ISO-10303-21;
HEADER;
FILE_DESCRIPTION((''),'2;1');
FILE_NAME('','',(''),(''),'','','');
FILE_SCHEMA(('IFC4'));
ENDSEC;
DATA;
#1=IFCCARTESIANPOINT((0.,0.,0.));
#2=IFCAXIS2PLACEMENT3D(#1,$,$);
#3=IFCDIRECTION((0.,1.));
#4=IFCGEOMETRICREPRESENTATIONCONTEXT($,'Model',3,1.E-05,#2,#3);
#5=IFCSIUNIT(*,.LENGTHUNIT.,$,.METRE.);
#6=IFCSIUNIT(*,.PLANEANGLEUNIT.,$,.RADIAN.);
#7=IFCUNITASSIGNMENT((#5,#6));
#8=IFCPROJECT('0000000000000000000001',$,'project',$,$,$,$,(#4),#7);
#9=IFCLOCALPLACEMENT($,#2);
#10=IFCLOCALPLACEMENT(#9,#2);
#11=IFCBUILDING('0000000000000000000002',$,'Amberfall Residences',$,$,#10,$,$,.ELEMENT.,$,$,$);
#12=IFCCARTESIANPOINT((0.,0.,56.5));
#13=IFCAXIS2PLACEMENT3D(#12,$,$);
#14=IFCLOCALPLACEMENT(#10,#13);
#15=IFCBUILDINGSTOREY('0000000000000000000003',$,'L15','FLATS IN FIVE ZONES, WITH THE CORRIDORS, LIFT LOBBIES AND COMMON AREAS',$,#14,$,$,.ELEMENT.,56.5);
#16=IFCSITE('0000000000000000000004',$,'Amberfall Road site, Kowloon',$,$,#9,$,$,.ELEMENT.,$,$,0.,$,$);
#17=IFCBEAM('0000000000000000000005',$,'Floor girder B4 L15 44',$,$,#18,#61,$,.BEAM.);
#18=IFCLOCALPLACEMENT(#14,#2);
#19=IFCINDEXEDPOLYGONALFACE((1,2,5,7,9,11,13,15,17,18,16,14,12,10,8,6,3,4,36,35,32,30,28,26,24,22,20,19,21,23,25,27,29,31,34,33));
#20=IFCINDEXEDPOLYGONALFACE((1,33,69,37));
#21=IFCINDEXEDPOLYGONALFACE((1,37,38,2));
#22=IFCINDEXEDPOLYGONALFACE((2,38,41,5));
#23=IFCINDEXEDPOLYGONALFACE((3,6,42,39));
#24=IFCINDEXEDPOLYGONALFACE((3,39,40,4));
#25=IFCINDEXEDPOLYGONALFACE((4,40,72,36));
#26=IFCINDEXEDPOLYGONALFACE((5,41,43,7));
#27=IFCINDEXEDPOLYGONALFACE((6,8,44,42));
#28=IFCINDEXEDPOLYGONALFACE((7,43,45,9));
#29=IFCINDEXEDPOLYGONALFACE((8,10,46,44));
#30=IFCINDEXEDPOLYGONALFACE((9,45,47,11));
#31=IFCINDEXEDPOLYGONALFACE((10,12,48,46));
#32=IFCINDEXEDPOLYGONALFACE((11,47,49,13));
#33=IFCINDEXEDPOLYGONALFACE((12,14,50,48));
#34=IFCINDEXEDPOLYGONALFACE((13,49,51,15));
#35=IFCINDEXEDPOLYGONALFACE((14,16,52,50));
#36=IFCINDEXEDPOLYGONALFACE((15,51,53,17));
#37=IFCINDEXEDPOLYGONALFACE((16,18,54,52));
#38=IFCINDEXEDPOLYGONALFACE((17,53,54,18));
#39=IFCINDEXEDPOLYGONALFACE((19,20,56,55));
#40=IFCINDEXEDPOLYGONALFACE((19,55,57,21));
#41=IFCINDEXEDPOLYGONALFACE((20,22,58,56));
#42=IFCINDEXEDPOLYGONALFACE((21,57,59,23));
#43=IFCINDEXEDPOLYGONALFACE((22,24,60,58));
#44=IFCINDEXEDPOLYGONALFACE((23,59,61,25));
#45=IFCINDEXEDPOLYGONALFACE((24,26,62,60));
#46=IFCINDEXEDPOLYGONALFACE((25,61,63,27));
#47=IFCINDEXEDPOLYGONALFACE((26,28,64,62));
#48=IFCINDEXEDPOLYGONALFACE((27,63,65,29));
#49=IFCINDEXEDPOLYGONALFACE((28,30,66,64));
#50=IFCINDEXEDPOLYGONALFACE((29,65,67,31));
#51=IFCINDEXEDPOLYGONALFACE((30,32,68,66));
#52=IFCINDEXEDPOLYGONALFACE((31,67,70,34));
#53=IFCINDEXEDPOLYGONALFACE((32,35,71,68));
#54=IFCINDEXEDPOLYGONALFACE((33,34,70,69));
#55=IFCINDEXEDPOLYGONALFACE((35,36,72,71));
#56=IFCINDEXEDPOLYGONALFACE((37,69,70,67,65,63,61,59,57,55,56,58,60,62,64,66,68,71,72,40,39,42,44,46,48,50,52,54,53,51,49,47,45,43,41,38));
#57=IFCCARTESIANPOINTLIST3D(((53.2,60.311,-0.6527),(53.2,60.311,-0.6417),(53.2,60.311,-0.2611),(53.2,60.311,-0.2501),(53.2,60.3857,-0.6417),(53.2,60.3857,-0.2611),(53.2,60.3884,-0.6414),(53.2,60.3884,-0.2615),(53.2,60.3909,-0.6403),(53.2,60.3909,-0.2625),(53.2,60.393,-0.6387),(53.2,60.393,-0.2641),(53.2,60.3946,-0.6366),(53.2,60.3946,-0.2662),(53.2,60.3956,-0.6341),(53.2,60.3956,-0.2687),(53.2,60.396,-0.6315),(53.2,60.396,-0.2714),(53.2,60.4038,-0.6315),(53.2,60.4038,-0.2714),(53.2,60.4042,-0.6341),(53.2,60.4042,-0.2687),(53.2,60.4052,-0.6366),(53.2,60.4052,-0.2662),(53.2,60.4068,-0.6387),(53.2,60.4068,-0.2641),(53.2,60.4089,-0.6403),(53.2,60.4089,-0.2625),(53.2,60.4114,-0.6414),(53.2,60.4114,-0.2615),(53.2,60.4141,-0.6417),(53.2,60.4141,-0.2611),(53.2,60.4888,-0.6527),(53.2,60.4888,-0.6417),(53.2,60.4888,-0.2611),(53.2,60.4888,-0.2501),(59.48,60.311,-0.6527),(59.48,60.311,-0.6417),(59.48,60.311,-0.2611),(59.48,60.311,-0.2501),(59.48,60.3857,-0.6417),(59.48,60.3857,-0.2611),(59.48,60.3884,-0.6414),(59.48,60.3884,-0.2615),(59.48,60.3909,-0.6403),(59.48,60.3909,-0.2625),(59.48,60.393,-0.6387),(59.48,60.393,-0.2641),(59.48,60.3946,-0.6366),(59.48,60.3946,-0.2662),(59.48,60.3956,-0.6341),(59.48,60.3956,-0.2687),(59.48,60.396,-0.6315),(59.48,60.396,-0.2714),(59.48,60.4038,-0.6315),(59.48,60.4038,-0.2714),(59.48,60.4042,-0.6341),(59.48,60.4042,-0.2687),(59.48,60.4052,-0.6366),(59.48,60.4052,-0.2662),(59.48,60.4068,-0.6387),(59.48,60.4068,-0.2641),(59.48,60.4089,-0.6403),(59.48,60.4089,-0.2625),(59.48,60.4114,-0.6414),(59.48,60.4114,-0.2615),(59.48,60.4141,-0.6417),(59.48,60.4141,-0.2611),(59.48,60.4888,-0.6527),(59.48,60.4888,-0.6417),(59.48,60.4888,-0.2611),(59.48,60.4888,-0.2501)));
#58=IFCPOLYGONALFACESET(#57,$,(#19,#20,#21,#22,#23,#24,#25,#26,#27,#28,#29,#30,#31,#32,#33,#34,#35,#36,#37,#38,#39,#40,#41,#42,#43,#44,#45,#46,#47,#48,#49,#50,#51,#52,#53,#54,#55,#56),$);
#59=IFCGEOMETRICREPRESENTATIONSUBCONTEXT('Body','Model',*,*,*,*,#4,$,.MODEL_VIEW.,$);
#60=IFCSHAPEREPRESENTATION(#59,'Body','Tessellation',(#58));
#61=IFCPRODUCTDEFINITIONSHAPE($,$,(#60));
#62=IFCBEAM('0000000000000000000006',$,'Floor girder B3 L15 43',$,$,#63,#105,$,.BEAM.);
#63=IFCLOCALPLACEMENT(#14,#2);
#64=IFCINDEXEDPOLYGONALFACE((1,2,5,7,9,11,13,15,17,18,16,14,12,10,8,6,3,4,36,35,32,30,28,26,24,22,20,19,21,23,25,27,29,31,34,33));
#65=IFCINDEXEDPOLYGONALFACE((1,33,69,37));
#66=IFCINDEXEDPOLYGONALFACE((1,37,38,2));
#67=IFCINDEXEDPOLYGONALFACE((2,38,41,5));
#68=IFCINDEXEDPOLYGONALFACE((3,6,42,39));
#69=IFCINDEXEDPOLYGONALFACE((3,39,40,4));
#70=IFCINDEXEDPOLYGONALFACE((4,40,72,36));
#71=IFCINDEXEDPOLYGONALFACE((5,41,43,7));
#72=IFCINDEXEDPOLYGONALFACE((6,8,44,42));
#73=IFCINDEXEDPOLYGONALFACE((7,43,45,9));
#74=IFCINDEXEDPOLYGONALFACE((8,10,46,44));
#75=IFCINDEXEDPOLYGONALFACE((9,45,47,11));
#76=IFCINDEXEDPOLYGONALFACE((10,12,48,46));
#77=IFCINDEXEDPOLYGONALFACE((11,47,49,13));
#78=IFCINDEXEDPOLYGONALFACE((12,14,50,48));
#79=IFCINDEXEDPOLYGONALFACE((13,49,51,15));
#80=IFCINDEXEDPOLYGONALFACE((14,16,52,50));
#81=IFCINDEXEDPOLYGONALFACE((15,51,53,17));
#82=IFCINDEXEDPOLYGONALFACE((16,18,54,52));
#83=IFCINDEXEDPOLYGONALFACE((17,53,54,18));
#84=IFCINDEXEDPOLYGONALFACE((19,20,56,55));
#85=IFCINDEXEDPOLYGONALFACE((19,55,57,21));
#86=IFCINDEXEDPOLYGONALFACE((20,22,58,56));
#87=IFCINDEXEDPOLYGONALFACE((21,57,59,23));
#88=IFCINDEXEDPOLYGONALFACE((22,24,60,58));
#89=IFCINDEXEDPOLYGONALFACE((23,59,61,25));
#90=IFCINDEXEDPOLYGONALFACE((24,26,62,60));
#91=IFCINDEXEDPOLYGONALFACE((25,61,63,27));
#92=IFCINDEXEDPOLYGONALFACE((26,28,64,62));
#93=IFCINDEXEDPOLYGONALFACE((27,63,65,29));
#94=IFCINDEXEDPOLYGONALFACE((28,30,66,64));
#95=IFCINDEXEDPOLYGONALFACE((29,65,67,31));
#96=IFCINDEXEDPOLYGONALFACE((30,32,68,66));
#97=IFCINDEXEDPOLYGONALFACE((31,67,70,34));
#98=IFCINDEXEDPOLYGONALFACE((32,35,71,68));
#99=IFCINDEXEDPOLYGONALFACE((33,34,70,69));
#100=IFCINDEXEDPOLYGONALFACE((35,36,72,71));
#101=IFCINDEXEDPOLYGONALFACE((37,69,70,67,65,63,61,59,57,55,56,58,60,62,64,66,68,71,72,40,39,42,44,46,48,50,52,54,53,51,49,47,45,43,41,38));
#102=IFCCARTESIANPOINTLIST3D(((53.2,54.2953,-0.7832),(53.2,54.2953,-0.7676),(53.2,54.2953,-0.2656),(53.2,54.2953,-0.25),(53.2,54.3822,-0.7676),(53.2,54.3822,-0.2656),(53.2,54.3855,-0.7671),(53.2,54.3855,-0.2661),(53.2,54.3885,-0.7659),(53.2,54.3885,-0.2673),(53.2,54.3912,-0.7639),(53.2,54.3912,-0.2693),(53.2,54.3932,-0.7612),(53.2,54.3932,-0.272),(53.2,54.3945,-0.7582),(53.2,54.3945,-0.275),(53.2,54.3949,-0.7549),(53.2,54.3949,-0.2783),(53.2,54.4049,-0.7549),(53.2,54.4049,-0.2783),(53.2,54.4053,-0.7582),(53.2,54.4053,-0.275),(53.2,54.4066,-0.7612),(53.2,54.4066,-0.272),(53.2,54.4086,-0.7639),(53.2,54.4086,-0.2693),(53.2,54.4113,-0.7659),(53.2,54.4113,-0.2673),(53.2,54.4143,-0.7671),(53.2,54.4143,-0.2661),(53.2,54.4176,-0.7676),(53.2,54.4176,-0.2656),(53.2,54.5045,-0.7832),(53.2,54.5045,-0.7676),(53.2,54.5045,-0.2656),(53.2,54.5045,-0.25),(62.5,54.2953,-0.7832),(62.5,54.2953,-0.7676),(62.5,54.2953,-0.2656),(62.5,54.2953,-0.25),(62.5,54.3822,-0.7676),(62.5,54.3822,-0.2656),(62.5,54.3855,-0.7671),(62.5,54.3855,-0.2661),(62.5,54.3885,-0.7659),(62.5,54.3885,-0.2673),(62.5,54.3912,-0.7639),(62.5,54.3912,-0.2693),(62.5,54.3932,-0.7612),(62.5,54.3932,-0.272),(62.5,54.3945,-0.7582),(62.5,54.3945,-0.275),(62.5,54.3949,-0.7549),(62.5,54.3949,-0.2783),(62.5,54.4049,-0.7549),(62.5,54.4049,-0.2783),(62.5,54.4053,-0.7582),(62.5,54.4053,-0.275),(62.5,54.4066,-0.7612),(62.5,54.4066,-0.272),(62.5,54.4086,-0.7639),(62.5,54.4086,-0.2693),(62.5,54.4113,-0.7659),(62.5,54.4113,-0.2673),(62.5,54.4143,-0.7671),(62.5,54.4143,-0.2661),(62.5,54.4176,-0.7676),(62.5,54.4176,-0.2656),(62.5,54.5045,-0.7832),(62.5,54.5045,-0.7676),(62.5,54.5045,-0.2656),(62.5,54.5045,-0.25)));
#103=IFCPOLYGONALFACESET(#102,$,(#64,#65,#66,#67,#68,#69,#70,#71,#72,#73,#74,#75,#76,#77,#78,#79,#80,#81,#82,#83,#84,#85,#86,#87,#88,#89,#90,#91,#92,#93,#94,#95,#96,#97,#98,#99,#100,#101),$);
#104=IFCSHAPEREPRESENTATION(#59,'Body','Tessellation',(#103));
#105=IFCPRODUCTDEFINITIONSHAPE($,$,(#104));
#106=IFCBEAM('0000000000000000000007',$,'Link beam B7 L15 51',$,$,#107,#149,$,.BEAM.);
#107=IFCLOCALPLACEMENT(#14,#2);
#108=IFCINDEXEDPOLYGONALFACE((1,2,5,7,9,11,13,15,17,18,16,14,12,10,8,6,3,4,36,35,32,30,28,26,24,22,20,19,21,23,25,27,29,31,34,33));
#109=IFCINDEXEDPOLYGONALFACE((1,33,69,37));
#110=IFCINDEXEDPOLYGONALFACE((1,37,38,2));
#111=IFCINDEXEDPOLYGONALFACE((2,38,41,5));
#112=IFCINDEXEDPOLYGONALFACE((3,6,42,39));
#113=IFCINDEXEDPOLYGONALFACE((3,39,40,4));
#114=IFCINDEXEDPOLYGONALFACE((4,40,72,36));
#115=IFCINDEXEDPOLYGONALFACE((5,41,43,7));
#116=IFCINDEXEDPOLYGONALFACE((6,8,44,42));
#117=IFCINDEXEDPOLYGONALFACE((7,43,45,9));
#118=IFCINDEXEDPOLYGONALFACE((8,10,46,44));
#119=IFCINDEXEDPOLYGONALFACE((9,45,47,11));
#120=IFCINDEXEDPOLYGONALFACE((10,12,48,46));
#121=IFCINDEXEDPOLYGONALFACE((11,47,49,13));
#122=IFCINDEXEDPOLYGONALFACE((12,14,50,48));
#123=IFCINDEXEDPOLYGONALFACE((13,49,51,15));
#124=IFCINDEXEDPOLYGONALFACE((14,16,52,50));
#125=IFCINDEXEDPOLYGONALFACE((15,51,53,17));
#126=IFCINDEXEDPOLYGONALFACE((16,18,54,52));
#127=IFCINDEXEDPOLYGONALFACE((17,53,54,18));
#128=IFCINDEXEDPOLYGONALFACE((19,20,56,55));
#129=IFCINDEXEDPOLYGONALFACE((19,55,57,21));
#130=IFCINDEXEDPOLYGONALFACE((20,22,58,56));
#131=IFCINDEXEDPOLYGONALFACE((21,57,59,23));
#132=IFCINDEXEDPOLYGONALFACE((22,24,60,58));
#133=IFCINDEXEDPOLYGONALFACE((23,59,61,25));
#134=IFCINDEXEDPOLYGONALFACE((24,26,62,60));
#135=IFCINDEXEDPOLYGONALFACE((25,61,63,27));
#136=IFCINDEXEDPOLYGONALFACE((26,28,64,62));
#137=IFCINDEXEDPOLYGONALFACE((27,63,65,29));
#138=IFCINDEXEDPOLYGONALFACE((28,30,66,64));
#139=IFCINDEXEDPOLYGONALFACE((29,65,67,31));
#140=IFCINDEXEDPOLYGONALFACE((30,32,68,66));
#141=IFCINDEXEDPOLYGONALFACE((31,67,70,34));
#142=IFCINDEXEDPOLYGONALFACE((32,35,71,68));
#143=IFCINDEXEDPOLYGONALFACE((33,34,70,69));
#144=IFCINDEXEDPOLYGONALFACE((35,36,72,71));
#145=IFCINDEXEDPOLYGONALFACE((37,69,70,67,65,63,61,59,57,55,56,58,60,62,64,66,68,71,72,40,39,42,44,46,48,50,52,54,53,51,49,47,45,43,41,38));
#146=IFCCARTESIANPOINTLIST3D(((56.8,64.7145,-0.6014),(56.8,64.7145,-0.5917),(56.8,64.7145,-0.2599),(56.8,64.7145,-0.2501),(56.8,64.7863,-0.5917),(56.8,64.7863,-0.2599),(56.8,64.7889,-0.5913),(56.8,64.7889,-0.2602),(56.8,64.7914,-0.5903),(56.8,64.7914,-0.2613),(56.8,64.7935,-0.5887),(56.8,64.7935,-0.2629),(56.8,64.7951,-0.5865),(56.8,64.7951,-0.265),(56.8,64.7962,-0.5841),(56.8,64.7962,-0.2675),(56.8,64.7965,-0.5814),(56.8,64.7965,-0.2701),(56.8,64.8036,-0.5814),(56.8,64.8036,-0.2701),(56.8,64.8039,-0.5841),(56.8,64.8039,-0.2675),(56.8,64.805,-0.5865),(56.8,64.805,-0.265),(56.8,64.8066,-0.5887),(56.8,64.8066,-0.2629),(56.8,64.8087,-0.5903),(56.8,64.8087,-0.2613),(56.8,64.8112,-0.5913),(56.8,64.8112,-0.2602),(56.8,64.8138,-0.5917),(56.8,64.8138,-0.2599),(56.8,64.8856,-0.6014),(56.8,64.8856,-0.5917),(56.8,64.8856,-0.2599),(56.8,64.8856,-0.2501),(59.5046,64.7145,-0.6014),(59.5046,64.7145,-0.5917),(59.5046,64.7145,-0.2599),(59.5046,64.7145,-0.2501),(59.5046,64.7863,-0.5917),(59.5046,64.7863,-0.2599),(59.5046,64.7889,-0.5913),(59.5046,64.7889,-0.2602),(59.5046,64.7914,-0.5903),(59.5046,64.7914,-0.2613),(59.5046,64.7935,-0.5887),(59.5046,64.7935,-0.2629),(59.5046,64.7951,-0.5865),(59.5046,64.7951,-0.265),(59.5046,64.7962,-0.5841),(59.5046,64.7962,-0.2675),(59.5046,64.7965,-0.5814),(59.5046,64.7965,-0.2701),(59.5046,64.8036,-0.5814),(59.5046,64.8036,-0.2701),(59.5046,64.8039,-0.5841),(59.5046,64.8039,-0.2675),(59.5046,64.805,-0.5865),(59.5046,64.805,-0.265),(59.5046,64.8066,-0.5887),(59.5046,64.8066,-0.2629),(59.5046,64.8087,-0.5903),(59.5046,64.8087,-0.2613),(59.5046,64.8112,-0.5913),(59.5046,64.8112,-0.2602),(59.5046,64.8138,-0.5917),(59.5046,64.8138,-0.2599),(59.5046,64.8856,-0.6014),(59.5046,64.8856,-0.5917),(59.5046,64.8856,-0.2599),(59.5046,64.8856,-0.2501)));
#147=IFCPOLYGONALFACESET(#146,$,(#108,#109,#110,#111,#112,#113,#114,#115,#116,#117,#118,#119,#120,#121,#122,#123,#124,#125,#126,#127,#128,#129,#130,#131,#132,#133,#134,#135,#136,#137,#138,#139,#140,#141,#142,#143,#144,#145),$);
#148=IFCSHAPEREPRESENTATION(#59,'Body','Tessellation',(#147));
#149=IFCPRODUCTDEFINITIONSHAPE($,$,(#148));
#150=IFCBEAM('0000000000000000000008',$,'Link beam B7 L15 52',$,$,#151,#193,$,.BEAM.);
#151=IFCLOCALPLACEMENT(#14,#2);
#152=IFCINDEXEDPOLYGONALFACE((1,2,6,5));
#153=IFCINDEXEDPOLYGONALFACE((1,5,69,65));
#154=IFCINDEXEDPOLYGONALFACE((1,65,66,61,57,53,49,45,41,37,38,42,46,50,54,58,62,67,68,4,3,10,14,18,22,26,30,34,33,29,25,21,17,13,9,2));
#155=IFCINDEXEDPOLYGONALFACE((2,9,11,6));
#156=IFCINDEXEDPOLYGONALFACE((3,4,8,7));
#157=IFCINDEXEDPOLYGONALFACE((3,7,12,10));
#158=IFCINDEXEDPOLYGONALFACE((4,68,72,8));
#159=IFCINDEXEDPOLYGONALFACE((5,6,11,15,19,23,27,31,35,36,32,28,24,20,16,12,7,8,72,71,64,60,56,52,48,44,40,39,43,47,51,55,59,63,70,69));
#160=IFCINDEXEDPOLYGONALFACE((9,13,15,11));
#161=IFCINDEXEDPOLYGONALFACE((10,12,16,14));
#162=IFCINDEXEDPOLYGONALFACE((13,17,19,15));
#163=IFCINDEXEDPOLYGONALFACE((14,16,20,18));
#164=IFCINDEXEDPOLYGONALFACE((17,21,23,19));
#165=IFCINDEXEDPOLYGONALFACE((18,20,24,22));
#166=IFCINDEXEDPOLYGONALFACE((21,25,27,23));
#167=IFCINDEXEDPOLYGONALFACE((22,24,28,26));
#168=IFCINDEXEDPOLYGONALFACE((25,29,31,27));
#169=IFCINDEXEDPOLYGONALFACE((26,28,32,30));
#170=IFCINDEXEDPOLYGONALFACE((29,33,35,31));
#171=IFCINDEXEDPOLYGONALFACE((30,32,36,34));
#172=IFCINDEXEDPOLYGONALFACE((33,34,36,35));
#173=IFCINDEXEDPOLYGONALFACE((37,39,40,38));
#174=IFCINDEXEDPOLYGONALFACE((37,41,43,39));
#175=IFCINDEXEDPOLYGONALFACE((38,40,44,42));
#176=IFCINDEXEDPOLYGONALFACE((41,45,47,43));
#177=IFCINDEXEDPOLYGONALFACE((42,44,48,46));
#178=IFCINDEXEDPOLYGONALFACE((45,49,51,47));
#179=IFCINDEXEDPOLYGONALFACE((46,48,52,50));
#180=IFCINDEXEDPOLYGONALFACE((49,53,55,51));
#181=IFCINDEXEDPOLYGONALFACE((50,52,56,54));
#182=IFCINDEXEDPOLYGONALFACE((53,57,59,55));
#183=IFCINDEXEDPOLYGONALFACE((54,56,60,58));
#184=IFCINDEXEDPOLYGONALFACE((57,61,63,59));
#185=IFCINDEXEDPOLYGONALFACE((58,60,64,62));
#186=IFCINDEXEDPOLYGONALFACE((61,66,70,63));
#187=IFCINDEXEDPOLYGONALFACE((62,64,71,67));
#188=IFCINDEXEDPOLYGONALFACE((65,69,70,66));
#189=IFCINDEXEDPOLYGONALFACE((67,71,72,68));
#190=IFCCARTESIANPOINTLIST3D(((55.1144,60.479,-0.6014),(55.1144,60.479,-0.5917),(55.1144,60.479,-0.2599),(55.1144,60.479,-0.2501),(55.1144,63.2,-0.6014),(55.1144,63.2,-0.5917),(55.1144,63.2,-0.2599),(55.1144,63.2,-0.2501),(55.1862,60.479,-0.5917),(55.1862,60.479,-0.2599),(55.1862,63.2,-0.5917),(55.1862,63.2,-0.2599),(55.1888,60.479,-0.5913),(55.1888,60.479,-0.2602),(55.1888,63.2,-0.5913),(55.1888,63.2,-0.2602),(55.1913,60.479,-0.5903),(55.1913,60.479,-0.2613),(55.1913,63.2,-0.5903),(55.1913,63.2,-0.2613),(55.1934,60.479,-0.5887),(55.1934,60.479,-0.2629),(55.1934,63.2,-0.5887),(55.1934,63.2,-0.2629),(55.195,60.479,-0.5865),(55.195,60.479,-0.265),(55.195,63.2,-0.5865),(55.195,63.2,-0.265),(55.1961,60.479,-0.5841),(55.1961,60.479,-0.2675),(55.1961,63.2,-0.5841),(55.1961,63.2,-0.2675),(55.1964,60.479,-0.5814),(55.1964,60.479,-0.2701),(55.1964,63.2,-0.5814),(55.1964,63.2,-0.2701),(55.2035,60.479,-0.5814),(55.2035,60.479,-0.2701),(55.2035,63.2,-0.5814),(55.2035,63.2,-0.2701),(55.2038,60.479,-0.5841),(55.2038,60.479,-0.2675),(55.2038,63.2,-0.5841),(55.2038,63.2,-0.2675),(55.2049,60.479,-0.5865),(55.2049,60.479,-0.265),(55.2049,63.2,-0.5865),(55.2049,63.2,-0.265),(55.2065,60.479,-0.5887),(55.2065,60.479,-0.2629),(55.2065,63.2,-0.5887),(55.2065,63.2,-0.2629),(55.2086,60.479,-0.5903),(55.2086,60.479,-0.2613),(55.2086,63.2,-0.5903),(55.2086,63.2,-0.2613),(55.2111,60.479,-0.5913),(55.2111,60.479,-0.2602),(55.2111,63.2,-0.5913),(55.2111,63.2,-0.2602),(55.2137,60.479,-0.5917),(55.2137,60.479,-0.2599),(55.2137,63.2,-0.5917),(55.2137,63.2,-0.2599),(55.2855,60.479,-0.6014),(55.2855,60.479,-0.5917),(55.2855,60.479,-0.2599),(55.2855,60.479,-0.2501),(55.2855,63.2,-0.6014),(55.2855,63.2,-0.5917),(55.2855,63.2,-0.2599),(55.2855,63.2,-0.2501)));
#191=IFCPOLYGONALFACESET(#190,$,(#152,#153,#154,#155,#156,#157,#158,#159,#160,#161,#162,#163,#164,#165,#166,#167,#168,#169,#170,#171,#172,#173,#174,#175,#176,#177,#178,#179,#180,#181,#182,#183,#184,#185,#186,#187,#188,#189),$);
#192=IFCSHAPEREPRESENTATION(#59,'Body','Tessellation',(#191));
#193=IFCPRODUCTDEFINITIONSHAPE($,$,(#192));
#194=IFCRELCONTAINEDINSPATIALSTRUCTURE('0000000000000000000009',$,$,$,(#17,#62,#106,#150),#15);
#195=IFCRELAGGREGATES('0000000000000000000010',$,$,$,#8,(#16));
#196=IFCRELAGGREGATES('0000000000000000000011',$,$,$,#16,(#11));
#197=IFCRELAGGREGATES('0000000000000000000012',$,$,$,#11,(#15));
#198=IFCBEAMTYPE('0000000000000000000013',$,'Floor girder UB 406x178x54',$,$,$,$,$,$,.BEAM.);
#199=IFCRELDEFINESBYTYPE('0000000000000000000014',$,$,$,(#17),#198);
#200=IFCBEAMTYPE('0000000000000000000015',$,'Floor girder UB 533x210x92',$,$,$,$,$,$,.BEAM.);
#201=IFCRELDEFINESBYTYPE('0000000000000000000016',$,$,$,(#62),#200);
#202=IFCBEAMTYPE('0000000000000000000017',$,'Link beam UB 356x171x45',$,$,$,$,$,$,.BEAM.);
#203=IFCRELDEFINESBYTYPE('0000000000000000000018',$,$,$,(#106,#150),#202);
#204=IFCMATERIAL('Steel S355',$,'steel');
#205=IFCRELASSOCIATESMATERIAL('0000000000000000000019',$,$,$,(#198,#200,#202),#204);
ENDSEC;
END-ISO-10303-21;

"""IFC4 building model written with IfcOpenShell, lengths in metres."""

from ifc_helpers import new_model, si_unit, direction, frame, origin, origin_2d, place, context, subcontext, project, spatial, i_section, extrude, material, material_profile, profile_set, type_object, element, save


model = new_model("IFC4")

# Units and contexts
model_context = context("Model", 3, precision=1e-05, world=origin(), true_north=direction((0.0, 1.0)))
body_context = subcontext(model_context, "Body", "Model", "MODEL_VIEW")
ifc_project = project(units=[si_unit("LENGTHUNIT", "METRE"), si_unit("PLANEANGLEUNIT", "RADIAN")], contexts=[model_context])

# Site, building, storey
site_placement = place(None, origin())
site = spatial("IfcSite", under=ifc_project, at=site_placement, Name="Amberfall Road site, Kowloon", CompositionType="ELEMENT", RefElevation=0.0)
building_placement = place(site_placement, origin())
building = spatial("IfcBuilding", under=site, at=building_placement, Name="Amberfall Residences", CompositionType="ELEMENT")
storey_placement = place(building_placement, frame((0.0, 0.0, 56.5)))
storey = spatial("IfcBuildingStorey", under=building, at=storey_placement, Name="L15", Description="FLATS IN FIVE ZONES, WITH THE CORRIDORS, LIFT LOBBIES AND COMMON AREAS", CompositionType="ELEMENT", Elevation=56.5)

# Shared definitions
ifc_material_1 = material(Name="Steel S355", Category="steel")

# Beams
ifc_material_profile_1 = material_profile(ifc_material_1, i_section(OverallWidth=0.1777, OverallDepth=0.4026, WebThickness=0.0078, FlangeThickness=0.011, FilletRadius=0.0103, at=origin_2d()), Name="UB 406x178x54")
ifc_profile_set_1 = profile_set([ifc_material_profile_1], Name="Steel S355")
beam_type_1 = type_object("IfcBeamType", Name="Floor girder UB 406x178x54", PredefinedType="BEAM", material=ifc_profile_set_1)
beam_1_placement = place(storey_placement, frame((53.2, 60.3999, -0.4514), z_axis=(1.0, 0.0, 0.0), x_axis=(0.0, 1.0, 0.0)))
element("IfcBeam", 1, at=beam_1_placement, inside=storey, type_object=beam_type_1, Name="Floor girder B4 L15 44", PredefinedType="BEAM", context=body_context, shape_type="SweptSolid", body=[
    extrude(i_section(OverallWidth=0.1777, OverallDepth=0.4026, WebThickness=0.0078, FlangeThickness=0.011, FilletRadius=0.0103, at=origin_2d()), origin(), (0.0, 0.0, 1.0), 6.28),
])
ifc_material_profile_2 = material_profile(ifc_material_1, i_section(OverallWidth=0.2092, OverallDepth=0.5332, WebThickness=0.01, FlangeThickness=0.0156, FilletRadius=0.0127, at=origin_2d()), Name="UB 533x210x92")
ifc_profile_set_2 = profile_set([ifc_material_profile_2], Name="Steel S355")
beam_type_2 = type_object("IfcBeamType", Name="Floor girder UB 533x210x92", PredefinedType="BEAM", material=ifc_profile_set_2)
beam_2_placement = place(storey_placement, frame((53.2, 54.3999, -0.5166), z_axis=(1.0, 0.0, 0.0), x_axis=(0.0, 1.0, 0.0)))
element("IfcBeam", 2, at=beam_2_placement, inside=storey, type_object=beam_type_2, Name="Floor girder B3 L15 43", PredefinedType="BEAM", context=body_context, shape_type="SweptSolid", body=[
    extrude(i_section(OverallWidth=0.2092, OverallDepth=0.5332, WebThickness=0.01, FlangeThickness=0.0156, FilletRadius=0.0127, at=origin_2d()), origin(), (0.0, 0.0, 1.0), 9.3),
])
ifc_material_profile_3 = material_profile(ifc_material_1, i_section(OverallWidth=0.1711, OverallDepth=0.3513, WebThickness=0.0071, FlangeThickness=0.0098, FilletRadius=0.0103, at=origin_2d()), Name="UB 356x171x45")
ifc_profile_set_3 = profile_set([ifc_material_profile_3], Name="Steel S355")
beam_type_3 = type_object("IfcBeamType", Name="Link beam UB 356x171x45", PredefinedType="BEAM", material=ifc_profile_set_3)
beam_3_placement = place(storey_placement, frame((56.8, 64.8, -0.4258), z_axis=(1.0, 0.0, 0.0), x_axis=(0.0, 1.0, 0.0)))
element("IfcBeam", 3, at=beam_3_placement, inside=storey, type_object=beam_type_3, Name="Link beam B7 L15 51", PredefinedType="BEAM", context=body_context, shape_type="SweptSolid", body=[
    extrude(i_section(OverallWidth=0.1711, OverallDepth=0.3513, WebThickness=0.0071, FlangeThickness=0.0098, FilletRadius=0.0103, at=origin_2d()), origin(), (0.0, 0.0, 1.0), 2.7046),
])
beam_4_placement = place(storey_placement, frame((55.2, 63.2, -0.4258), z_axis=(0.0, -1.0, 0.0), x_axis=(1.0, 0.0, 0.0)))
element("IfcBeam", 4, at=beam_4_placement, inside=storey, type_object=beam_type_3, Name="Link beam B7 L15 52", PredefinedType="BEAM", context=body_context, shape_type="SweptSolid", body=[
    extrude(i_section(OverallWidth=0.1711, OverallDepth=0.3513, WebThickness=0.0071, FlangeThickness=0.0098, FilletRadius=0.0103, at=origin_2d()), origin(), (0.0, 0.0, 1.0), 2.7209),
])

save(model, "model.ifc")
